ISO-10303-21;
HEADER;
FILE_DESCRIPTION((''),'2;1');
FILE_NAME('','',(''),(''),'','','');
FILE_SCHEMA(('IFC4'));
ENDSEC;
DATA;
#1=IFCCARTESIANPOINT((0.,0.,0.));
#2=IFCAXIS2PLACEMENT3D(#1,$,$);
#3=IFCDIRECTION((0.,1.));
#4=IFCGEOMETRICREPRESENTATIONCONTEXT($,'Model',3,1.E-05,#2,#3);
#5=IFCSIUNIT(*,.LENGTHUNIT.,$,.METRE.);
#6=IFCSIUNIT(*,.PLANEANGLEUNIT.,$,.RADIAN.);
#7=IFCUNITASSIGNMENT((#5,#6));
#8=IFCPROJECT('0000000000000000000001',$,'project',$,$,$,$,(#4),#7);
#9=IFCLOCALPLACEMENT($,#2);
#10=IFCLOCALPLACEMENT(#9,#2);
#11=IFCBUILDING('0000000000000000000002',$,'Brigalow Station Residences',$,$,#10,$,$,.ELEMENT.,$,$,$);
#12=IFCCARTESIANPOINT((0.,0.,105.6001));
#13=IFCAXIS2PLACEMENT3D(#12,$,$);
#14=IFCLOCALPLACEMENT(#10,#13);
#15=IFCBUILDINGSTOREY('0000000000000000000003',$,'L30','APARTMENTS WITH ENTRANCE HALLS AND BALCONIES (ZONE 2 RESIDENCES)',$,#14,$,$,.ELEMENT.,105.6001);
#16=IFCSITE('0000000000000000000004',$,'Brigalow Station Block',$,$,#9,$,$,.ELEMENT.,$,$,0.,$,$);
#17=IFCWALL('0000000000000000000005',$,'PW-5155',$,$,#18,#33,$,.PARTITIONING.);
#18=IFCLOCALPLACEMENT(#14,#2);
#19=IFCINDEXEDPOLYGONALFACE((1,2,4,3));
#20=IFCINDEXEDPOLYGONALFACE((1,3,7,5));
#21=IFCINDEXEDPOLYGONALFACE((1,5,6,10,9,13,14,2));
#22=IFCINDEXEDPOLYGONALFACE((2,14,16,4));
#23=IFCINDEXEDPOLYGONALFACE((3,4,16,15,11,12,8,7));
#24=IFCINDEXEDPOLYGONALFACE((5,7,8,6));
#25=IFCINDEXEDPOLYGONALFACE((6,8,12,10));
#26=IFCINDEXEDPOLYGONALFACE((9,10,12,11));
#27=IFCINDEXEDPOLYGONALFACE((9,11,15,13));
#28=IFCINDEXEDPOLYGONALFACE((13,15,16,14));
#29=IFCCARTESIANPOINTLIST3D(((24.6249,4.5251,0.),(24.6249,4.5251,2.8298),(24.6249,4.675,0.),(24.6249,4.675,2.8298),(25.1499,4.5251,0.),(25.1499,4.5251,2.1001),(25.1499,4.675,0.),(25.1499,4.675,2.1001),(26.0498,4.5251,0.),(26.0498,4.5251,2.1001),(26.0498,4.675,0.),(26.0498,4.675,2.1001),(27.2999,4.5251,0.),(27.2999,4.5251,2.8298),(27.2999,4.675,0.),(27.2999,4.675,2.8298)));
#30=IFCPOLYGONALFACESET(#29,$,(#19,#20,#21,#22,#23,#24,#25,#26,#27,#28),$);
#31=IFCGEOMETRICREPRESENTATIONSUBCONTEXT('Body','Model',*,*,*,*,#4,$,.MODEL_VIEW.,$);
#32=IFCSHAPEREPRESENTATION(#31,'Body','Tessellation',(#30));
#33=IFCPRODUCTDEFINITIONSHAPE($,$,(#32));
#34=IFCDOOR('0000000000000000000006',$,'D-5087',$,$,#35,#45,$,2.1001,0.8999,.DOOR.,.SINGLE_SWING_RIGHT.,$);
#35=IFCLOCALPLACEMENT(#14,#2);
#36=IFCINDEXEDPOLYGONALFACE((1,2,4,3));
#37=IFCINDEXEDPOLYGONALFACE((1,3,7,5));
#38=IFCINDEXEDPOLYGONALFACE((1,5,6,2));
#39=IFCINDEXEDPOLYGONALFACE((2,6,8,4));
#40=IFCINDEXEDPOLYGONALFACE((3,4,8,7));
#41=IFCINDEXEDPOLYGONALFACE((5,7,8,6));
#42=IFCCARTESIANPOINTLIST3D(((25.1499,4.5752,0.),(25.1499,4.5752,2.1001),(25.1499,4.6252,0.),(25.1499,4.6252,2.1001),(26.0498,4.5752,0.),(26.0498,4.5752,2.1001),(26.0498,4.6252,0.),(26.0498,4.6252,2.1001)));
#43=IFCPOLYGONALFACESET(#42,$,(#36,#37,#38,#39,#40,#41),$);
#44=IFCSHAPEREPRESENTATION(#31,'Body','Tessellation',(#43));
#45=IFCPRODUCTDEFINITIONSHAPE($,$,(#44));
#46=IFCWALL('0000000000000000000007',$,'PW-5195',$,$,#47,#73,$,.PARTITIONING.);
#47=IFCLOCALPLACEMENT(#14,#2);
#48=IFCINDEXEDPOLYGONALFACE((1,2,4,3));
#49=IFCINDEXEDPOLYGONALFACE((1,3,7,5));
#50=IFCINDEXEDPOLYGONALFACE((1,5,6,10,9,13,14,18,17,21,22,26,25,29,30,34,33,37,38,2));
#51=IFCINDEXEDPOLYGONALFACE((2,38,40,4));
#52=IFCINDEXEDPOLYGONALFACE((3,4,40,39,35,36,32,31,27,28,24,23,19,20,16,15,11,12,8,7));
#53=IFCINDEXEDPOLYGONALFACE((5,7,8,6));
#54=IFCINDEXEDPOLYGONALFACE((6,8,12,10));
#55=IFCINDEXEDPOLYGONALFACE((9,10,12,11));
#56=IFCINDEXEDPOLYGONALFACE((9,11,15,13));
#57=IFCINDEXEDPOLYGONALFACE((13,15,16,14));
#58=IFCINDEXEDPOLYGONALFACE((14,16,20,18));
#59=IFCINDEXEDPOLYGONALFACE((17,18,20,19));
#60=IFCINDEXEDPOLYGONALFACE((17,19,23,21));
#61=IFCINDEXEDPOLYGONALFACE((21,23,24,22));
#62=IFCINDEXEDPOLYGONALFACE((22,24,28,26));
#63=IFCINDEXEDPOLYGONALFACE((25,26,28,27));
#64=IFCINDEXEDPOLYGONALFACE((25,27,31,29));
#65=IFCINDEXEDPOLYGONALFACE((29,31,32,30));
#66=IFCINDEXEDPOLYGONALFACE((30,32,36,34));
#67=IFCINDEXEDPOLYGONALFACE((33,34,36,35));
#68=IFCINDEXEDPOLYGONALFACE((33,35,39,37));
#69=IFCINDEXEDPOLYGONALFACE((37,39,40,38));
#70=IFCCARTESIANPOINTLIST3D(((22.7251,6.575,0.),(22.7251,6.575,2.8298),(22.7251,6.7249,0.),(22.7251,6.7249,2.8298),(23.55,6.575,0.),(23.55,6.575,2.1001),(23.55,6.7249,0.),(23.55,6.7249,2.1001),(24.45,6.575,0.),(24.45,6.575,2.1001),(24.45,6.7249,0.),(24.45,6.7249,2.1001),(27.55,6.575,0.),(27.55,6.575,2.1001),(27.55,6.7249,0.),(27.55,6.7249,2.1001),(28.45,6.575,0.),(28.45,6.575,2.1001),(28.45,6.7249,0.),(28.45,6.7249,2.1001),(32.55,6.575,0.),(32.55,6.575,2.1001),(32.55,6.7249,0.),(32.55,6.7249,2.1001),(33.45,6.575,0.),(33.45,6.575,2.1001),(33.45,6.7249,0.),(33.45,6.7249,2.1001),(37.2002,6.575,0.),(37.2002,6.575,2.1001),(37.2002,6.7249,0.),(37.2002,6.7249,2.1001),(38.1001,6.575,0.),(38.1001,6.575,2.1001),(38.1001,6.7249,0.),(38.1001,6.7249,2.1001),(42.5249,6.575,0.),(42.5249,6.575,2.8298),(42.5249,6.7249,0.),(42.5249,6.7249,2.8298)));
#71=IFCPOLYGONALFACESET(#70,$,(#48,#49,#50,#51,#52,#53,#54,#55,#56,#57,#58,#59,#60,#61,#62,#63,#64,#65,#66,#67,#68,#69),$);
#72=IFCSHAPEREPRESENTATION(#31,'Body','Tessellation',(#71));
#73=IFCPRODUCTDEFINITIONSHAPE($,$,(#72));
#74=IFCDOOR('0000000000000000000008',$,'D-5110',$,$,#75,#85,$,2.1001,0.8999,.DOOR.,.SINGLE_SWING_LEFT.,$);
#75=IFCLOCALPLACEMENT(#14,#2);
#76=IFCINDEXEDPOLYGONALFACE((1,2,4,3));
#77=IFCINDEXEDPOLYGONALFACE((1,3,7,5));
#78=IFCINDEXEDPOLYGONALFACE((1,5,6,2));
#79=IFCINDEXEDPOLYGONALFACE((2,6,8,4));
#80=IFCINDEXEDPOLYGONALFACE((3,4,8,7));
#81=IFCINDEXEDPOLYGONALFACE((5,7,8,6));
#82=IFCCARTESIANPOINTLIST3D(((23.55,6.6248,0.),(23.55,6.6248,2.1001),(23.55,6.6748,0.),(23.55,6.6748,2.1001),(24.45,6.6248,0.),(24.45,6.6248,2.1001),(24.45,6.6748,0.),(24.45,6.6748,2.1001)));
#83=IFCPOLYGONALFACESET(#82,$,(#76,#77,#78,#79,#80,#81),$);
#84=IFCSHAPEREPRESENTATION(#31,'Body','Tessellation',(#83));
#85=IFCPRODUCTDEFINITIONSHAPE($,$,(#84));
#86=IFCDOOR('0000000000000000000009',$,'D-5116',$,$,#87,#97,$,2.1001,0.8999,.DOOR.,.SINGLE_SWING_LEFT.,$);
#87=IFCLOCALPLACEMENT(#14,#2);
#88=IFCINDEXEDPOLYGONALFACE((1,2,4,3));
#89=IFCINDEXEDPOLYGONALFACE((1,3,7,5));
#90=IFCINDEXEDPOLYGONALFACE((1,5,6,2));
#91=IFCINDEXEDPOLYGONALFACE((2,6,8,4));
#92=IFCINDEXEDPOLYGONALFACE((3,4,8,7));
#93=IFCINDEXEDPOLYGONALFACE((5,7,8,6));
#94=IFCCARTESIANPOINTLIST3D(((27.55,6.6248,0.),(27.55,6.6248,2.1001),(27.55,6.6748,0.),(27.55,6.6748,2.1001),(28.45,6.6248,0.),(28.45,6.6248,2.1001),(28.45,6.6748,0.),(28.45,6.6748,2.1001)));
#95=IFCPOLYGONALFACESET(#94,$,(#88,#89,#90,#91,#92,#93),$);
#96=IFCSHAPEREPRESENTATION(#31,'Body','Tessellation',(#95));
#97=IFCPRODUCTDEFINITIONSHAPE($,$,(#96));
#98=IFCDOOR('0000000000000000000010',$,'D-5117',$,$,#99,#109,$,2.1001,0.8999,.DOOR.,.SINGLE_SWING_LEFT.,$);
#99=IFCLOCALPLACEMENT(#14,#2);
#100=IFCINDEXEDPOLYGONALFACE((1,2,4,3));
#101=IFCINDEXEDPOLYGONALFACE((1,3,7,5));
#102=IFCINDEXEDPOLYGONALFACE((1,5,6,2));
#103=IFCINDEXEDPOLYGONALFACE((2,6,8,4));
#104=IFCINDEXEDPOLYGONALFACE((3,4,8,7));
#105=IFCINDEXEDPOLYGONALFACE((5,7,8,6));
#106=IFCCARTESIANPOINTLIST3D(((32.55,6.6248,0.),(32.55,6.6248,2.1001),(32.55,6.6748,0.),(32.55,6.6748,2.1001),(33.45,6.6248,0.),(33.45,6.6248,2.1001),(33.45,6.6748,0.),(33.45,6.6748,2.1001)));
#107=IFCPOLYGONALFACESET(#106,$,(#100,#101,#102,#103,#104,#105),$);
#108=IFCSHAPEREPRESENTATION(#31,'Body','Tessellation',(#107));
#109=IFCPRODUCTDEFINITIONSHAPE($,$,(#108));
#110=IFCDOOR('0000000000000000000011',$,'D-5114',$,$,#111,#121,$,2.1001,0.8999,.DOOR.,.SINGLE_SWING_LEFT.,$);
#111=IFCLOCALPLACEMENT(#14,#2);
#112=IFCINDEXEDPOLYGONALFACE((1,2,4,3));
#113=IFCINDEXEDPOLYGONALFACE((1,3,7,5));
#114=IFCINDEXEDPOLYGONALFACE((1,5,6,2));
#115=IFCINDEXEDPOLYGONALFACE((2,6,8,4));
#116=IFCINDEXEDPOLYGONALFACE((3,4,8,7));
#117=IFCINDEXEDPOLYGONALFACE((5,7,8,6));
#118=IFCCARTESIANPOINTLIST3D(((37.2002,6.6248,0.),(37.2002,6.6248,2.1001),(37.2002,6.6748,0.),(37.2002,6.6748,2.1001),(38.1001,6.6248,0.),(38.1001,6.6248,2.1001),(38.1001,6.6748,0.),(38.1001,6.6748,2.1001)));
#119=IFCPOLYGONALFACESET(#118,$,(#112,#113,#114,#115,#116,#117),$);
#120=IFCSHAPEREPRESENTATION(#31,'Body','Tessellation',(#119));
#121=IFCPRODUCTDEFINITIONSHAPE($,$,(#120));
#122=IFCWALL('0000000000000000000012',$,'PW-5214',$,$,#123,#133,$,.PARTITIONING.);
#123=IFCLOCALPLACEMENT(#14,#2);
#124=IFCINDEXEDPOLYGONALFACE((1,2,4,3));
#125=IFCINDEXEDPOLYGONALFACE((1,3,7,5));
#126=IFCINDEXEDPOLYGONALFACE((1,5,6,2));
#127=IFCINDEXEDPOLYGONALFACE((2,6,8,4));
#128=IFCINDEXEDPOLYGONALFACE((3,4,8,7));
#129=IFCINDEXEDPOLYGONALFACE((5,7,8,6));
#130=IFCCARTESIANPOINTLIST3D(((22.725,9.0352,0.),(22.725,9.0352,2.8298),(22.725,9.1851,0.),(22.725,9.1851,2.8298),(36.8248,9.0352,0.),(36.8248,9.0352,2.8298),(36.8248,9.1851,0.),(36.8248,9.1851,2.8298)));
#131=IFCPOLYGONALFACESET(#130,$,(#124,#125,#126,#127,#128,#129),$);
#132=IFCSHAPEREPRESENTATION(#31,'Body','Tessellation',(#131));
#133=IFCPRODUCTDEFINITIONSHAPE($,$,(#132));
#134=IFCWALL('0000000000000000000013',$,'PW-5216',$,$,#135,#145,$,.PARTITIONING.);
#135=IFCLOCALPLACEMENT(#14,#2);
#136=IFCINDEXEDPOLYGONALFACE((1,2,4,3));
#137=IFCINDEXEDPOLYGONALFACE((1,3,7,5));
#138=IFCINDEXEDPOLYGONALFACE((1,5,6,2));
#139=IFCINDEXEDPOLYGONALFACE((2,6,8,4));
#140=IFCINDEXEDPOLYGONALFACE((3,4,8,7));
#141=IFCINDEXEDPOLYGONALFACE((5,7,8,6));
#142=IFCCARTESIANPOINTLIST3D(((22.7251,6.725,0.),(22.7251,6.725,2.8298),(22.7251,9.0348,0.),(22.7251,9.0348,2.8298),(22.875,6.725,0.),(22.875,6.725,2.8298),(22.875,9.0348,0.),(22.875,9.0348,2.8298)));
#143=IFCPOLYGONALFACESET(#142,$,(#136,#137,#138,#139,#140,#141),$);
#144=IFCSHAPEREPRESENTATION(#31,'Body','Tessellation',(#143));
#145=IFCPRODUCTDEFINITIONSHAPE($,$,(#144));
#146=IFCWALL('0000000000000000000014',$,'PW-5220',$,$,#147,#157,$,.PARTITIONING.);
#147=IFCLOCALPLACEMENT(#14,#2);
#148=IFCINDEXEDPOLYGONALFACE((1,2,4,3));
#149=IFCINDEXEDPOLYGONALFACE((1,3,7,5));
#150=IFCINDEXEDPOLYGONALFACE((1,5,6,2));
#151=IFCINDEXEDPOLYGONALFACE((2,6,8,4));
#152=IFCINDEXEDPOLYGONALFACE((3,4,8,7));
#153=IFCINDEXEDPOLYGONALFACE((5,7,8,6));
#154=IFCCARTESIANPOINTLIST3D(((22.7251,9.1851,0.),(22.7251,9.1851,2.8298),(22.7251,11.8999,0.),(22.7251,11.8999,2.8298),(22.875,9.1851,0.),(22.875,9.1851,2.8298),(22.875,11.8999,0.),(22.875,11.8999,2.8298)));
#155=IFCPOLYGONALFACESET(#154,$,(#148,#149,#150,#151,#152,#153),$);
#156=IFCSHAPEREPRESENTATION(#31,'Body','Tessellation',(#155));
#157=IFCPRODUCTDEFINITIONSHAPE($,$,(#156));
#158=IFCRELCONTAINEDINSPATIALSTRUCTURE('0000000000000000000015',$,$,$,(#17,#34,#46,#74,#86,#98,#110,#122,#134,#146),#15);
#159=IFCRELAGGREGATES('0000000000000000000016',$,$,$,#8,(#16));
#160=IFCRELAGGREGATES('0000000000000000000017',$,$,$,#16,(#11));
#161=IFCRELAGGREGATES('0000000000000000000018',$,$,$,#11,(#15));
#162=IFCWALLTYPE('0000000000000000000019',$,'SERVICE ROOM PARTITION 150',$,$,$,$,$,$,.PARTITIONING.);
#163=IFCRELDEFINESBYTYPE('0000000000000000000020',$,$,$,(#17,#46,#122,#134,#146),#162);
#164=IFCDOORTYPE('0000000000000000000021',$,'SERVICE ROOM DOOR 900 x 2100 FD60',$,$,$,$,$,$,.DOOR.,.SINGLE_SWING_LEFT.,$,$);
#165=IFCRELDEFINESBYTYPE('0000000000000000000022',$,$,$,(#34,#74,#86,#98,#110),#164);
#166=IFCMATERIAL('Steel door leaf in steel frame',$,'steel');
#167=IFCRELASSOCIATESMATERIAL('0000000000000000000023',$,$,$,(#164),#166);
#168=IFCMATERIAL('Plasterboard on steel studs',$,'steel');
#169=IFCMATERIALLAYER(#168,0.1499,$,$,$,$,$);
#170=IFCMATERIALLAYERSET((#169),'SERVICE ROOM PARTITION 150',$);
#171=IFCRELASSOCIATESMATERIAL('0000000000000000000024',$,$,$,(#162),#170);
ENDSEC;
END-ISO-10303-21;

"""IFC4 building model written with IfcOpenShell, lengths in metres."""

from ifc_helpers import new_model, si_unit, direction, frame, frame_2d, origin, place, context, subcontext, project, spatial, rectangle, extrude, material, layer, layer_set, type_object, element, fill, save


model = new_model("IFC4")

# Units and contexts
model_context = context("Model", 3, precision=1e-05, world=origin(), true_north=direction((0.0, 1.0)))
body_context = subcontext(model_context, "Body", "Model", "MODEL_VIEW")
ifc_project = project(units=[si_unit("LENGTHUNIT", "METRE"), si_unit("PLANEANGLEUNIT", "RADIAN")], contexts=[model_context])

# Site, building, storey
site_placement = place(None, origin())
site = spatial("IfcSite", under=ifc_project, at=site_placement, Name="Brigalow Station Block", CompositionType="ELEMENT", RefElevation=0.0)
building_placement = place(site_placement, origin())
building = spatial("IfcBuilding", under=site, at=building_placement, Name="Brigalow Station Residences", CompositionType="ELEMENT")
storey_placement = place(building_placement, frame((0.0, 0.0, 105.6001)))
storey = spatial("IfcBuildingStorey", under=building, at=storey_placement, Name="L30", Description="APARTMENTS WITH ENTRANCE HALLS AND BALCONIES (ZONE 2 RESIDENCES)", CompositionType="ELEMENT", Elevation=105.6001)

# Shared definitions
ifc_material_1 = material(Name="Steel door leaf in steel frame", Category="steel")
door_type_1 = type_object("IfcDoorType", Name="SERVICE ROOM DOOR 900 x 2100 FD60", OperationType="SINGLE_SWING_LEFT", PredefinedType="DOOR", material=ifc_material_1)

# Wall, opening, door
ifc_material_2 = material(Name="Plasterboard on steel studs", Category="steel")
ifc_layer_1 = layer(ifc_material_2, 0.1499)
ifc_layer_set_1 = layer_set([ifc_layer_1], Name="SERVICE ROOM PARTITION 150")
wall_type_1 = type_object("IfcWallType", Name="SERVICE ROOM PARTITION 150", PredefinedType="PARTITIONING", material=ifc_layer_set_1)
wall_1_placement = place(storey_placement, frame((24.625, 4.6001, 0.0), z_axis=(0.0, 0.0, 1.0), x_axis=(1.0, 0.0, 0.0)))
wall_1 = element("IfcWall", 1, at=wall_1_placement, inside=storey, type_object=wall_type_1, Name="PW-5155", PredefinedType="PARTITIONING", context=body_context, shape_type="SweptSolid", body=[
    extrude(rectangle(XDim=2.675, YDim=0.1499, at=frame_2d((1.3374, 0.0))), origin(), (0.0, 0.0, 1.0), 2.8298),
])
opening_1_placement = place(wall_1_placement, frame((0.5249, 0.0, 0.0)))
opening_1 = element("IfcOpeningElement", 2, at=opening_1_placement, cuts=wall_1, PredefinedType="OPENING", context=body_context, shape_type="SweptSolid", body=[
    extrude(rectangle(XDim=0.8999, YDim=2.1001, at=frame_2d((0.45, 1.05))), frame((0.0, 0.085, 0.0), z_axis=(0.0, -1.0, 0.0), x_axis=(1.0, 0.0, 0.0)), (0.0, 0.0, 1.0), 0.1699),
])
door_1_placement = place(opening_1_placement, frame((0.8999, 0.0, 0.0), z_axis=(0.0, 0.0, 1.0), x_axis=(-1.0, 0.0, 0.0)))
door_1 = element("IfcDoor", 3, at=door_1_placement, inside=storey, type_object=door_type_1, Name="D-5087", OperationType="SINGLE_SWING_RIGHT", OverallHeight=2.1001, OverallWidth=0.8999, PredefinedType="DOOR", context=body_context, shape_type="SweptSolid", body=[
    extrude(rectangle(XDim=0.8999, YDim=2.1001, at=frame_2d((0.45, 1.05))), frame((0.0, 0.0249, 0.0), z_axis=(0.0, -1.0, 0.0), x_axis=(1.0, 0.0, 0.0)), (0.0, 0.0, 1.0), 0.05),
])
fill(opening_1, door_1)

# Wall, openings, doors
wall_2_placement = place(storey_placement, frame((22.7251, 6.6499, 0.0), z_axis=(0.0, 0.0, 1.0), x_axis=(1.0, 0.0, 0.0)))
wall_2 = element("IfcWall", 4, at=wall_2_placement, inside=storey, type_object=wall_type_1, Name="PW-5195", PredefinedType="PARTITIONING", context=body_context, shape_type="SweptSolid", body=[
    extrude(rectangle(XDim=19.7998, YDim=0.1499, at=frame_2d((9.8999, 0.0))), origin(), (0.0, 0.0, 1.0), 2.8298),
])
opening_2_placement = place(wall_2_placement, frame((0.825, 0.0, 0.0)))
opening_2 = element("IfcOpeningElement", 5, at=opening_2_placement, cuts=wall_2, PredefinedType="OPENING", context=body_context, shape_type="SweptSolid", body=[
    extrude(rectangle(XDim=0.8999, YDim=2.1001, at=frame_2d((0.45, 1.05))), frame((0.0, 0.085, 0.0), z_axis=(0.0, -1.0, 0.0), x_axis=(1.0, 0.0, 0.0)), (0.0, 0.0, 1.0), 0.1699),
])
opening_3_placement = place(wall_2_placement, frame((4.825, 0.0, 0.0)))
opening_3 = element("IfcOpeningElement", 6, at=opening_3_placement, cuts=wall_2, PredefinedType="OPENING", context=body_context, shape_type="SweptSolid", body=[
    extrude(rectangle(XDim=0.8999, YDim=2.1001, at=frame_2d((0.45, 1.05))), frame((0.0, 0.085, 0.0), z_axis=(0.0, -1.0, 0.0), x_axis=(1.0, 0.0, 0.0)), (0.0, 0.0, 1.0), 0.1699),
])
opening_4_placement = place(wall_2_placement, frame((9.825, 0.0, 0.0)))
opening_4 = element("IfcOpeningElement", 7, at=opening_4_placement, cuts=wall_2, PredefinedType="OPENING", context=body_context, shape_type="SweptSolid", body=[
    extrude(rectangle(XDim=0.8999, YDim=2.1001, at=frame_2d((0.45, 1.05))), frame((0.0, 0.085, 0.0), z_axis=(0.0, -1.0, 0.0), x_axis=(1.0, 0.0, 0.0)), (0.0, 0.0, 1.0), 0.1699),
])
opening_5_placement = place(wall_2_placement, frame((14.4751, 0.0, 0.0)))
opening_5 = element("IfcOpeningElement", 8, at=opening_5_placement, cuts=wall_2, PredefinedType="OPENING", context=body_context, shape_type="SweptSolid", body=[
    extrude(rectangle(XDim=0.8999, YDim=2.1001, at=frame_2d((0.45, 1.05))), frame((0.0, 0.085, 0.0), z_axis=(0.0, -1.0, 0.0), x_axis=(1.0, 0.0, 0.0)), (0.0, 0.0, 1.0), 0.1699),
])
door_2_placement = place(opening_2_placement, origin())
door_2 = element("IfcDoor", 9, at=door_2_placement, inside=storey, type_object=door_type_1, Name="D-5110", OperationType="SINGLE_SWING_LEFT", OverallHeight=2.1001, OverallWidth=0.8999, PredefinedType="DOOR", context=body_context, shape_type="SweptSolid", body=[
    extrude(rectangle(XDim=0.8999, YDim=2.1001, at=frame_2d((0.45, 1.05))), frame((0.0, 0.0249, 0.0), z_axis=(0.0, -1.0, 0.0), x_axis=(1.0, 0.0, 0.0)), (0.0, 0.0, 1.0), 0.05),
])
fill(opening_2, door_2)
door_3_placement = place(opening_3_placement, origin())
door_3 = element("IfcDoor", 10, at=door_3_placement, inside=storey, type_object=door_type_1, Name="D-5116", OperationType="SINGLE_SWING_LEFT", OverallHeight=2.1001, OverallWidth=0.8999, PredefinedType="DOOR", context=body_context, shape_type="SweptSolid", body=[
    extrude(rectangle(XDim=0.8999, YDim=2.1001, at=frame_2d((0.45, 1.05))), frame((0.0, 0.0249, 0.0), z_axis=(0.0, -1.0, 0.0), x_axis=(1.0, 0.0, 0.0)), (0.0, 0.0, 1.0), 0.05),
])
fill(opening_3, door_3)
door_4_placement = place(opening_4_placement, origin())
door_4 = element("IfcDoor", 11, at=door_4_placement, inside=storey, type_object=door_type_1, Name="D-5117", OperationType="SINGLE_SWING_LEFT", OverallHeight=2.1001, OverallWidth=0.8999, PredefinedType="DOOR", context=body_context, shape_type="SweptSolid", body=[
    extrude(rectangle(XDim=0.8999, YDim=2.1001, at=frame_2d((0.45, 1.05))), frame((0.0, 0.0249, 0.0), z_axis=(0.0, -1.0, 0.0), x_axis=(1.0, 0.0, 0.0)), (0.0, 0.0, 1.0), 0.05),
])
fill(opening_4, door_4)
door_5_placement = place(opening_5_placement, origin())
door_5 = element("IfcDoor", 12, at=door_5_placement, inside=storey, type_object=door_type_1, Name="D-5114", OperationType="SINGLE_SWING_LEFT", OverallHeight=2.1001, OverallWidth=0.8999, PredefinedType="DOOR", context=body_context, shape_type="SweptSolid", body=[
    extrude(rectangle(XDim=0.8999, YDim=2.1001, at=frame_2d((0.45, 1.05))), frame((0.0, 0.0249, 0.0), z_axis=(0.0, -1.0, 0.0), x_axis=(1.0, 0.0, 0.0)), (0.0, 0.0, 1.0), 0.05),
])
fill(opening_5, door_5)

# Walls
wall_3_placement = place(storey_placement, frame((22.7251, 9.1101, 0.0), z_axis=(0.0, 0.0, 1.0), x_axis=(1.0, 0.0, 0.0)))
element("IfcWall", 13, at=wall_3_placement, inside=storey, type_object=wall_type_1, Name="PW-5214", PredefinedType="PARTITIONING", context=body_context, shape_type="SweptSolid", body=[
    extrude(rectangle(XDim=14.0999, YDim=0.1499, at=frame_2d((7.0498, 0.0))), origin(), (0.0, 0.0, 1.0), 2.8298),
])
wall_4_placement = place(storey_placement, frame((22.8, 6.7251, 0.0), z_axis=(0.0, 0.0, 1.0), x_axis=(0.0, 1.0, 0.0)))
element("IfcWall", 14, at=wall_4_placement, inside=storey, type_object=wall_type_1, Name="PW-5216", PredefinedType="PARTITIONING", context=body_context, shape_type="SweptSolid", body=[
    extrude(rectangle(XDim=2.3098, YDim=0.1499, at=frame_2d((1.1548, 0.0))), origin(), (0.0, 0.0, 1.0), 2.8298),
])
wall_5_placement = place(storey_placement, frame((22.8, 9.1851, 0.0), z_axis=(0.0, 0.0, 1.0), x_axis=(0.0, 1.0, 0.0)))
element("IfcWall", 15, at=wall_5_placement, inside=storey, type_object=wall_type_1, Name="PW-5220", PredefinedType="PARTITIONING", context=body_context, shape_type="SweptSolid", body=[
    extrude(rectangle(XDim=2.7148, YDim=0.1499, at=frame_2d((1.3574, 0.0))), origin(), (0.0, 0.0, 1.0), 2.8298),
])

save(model, "model.ifc")
